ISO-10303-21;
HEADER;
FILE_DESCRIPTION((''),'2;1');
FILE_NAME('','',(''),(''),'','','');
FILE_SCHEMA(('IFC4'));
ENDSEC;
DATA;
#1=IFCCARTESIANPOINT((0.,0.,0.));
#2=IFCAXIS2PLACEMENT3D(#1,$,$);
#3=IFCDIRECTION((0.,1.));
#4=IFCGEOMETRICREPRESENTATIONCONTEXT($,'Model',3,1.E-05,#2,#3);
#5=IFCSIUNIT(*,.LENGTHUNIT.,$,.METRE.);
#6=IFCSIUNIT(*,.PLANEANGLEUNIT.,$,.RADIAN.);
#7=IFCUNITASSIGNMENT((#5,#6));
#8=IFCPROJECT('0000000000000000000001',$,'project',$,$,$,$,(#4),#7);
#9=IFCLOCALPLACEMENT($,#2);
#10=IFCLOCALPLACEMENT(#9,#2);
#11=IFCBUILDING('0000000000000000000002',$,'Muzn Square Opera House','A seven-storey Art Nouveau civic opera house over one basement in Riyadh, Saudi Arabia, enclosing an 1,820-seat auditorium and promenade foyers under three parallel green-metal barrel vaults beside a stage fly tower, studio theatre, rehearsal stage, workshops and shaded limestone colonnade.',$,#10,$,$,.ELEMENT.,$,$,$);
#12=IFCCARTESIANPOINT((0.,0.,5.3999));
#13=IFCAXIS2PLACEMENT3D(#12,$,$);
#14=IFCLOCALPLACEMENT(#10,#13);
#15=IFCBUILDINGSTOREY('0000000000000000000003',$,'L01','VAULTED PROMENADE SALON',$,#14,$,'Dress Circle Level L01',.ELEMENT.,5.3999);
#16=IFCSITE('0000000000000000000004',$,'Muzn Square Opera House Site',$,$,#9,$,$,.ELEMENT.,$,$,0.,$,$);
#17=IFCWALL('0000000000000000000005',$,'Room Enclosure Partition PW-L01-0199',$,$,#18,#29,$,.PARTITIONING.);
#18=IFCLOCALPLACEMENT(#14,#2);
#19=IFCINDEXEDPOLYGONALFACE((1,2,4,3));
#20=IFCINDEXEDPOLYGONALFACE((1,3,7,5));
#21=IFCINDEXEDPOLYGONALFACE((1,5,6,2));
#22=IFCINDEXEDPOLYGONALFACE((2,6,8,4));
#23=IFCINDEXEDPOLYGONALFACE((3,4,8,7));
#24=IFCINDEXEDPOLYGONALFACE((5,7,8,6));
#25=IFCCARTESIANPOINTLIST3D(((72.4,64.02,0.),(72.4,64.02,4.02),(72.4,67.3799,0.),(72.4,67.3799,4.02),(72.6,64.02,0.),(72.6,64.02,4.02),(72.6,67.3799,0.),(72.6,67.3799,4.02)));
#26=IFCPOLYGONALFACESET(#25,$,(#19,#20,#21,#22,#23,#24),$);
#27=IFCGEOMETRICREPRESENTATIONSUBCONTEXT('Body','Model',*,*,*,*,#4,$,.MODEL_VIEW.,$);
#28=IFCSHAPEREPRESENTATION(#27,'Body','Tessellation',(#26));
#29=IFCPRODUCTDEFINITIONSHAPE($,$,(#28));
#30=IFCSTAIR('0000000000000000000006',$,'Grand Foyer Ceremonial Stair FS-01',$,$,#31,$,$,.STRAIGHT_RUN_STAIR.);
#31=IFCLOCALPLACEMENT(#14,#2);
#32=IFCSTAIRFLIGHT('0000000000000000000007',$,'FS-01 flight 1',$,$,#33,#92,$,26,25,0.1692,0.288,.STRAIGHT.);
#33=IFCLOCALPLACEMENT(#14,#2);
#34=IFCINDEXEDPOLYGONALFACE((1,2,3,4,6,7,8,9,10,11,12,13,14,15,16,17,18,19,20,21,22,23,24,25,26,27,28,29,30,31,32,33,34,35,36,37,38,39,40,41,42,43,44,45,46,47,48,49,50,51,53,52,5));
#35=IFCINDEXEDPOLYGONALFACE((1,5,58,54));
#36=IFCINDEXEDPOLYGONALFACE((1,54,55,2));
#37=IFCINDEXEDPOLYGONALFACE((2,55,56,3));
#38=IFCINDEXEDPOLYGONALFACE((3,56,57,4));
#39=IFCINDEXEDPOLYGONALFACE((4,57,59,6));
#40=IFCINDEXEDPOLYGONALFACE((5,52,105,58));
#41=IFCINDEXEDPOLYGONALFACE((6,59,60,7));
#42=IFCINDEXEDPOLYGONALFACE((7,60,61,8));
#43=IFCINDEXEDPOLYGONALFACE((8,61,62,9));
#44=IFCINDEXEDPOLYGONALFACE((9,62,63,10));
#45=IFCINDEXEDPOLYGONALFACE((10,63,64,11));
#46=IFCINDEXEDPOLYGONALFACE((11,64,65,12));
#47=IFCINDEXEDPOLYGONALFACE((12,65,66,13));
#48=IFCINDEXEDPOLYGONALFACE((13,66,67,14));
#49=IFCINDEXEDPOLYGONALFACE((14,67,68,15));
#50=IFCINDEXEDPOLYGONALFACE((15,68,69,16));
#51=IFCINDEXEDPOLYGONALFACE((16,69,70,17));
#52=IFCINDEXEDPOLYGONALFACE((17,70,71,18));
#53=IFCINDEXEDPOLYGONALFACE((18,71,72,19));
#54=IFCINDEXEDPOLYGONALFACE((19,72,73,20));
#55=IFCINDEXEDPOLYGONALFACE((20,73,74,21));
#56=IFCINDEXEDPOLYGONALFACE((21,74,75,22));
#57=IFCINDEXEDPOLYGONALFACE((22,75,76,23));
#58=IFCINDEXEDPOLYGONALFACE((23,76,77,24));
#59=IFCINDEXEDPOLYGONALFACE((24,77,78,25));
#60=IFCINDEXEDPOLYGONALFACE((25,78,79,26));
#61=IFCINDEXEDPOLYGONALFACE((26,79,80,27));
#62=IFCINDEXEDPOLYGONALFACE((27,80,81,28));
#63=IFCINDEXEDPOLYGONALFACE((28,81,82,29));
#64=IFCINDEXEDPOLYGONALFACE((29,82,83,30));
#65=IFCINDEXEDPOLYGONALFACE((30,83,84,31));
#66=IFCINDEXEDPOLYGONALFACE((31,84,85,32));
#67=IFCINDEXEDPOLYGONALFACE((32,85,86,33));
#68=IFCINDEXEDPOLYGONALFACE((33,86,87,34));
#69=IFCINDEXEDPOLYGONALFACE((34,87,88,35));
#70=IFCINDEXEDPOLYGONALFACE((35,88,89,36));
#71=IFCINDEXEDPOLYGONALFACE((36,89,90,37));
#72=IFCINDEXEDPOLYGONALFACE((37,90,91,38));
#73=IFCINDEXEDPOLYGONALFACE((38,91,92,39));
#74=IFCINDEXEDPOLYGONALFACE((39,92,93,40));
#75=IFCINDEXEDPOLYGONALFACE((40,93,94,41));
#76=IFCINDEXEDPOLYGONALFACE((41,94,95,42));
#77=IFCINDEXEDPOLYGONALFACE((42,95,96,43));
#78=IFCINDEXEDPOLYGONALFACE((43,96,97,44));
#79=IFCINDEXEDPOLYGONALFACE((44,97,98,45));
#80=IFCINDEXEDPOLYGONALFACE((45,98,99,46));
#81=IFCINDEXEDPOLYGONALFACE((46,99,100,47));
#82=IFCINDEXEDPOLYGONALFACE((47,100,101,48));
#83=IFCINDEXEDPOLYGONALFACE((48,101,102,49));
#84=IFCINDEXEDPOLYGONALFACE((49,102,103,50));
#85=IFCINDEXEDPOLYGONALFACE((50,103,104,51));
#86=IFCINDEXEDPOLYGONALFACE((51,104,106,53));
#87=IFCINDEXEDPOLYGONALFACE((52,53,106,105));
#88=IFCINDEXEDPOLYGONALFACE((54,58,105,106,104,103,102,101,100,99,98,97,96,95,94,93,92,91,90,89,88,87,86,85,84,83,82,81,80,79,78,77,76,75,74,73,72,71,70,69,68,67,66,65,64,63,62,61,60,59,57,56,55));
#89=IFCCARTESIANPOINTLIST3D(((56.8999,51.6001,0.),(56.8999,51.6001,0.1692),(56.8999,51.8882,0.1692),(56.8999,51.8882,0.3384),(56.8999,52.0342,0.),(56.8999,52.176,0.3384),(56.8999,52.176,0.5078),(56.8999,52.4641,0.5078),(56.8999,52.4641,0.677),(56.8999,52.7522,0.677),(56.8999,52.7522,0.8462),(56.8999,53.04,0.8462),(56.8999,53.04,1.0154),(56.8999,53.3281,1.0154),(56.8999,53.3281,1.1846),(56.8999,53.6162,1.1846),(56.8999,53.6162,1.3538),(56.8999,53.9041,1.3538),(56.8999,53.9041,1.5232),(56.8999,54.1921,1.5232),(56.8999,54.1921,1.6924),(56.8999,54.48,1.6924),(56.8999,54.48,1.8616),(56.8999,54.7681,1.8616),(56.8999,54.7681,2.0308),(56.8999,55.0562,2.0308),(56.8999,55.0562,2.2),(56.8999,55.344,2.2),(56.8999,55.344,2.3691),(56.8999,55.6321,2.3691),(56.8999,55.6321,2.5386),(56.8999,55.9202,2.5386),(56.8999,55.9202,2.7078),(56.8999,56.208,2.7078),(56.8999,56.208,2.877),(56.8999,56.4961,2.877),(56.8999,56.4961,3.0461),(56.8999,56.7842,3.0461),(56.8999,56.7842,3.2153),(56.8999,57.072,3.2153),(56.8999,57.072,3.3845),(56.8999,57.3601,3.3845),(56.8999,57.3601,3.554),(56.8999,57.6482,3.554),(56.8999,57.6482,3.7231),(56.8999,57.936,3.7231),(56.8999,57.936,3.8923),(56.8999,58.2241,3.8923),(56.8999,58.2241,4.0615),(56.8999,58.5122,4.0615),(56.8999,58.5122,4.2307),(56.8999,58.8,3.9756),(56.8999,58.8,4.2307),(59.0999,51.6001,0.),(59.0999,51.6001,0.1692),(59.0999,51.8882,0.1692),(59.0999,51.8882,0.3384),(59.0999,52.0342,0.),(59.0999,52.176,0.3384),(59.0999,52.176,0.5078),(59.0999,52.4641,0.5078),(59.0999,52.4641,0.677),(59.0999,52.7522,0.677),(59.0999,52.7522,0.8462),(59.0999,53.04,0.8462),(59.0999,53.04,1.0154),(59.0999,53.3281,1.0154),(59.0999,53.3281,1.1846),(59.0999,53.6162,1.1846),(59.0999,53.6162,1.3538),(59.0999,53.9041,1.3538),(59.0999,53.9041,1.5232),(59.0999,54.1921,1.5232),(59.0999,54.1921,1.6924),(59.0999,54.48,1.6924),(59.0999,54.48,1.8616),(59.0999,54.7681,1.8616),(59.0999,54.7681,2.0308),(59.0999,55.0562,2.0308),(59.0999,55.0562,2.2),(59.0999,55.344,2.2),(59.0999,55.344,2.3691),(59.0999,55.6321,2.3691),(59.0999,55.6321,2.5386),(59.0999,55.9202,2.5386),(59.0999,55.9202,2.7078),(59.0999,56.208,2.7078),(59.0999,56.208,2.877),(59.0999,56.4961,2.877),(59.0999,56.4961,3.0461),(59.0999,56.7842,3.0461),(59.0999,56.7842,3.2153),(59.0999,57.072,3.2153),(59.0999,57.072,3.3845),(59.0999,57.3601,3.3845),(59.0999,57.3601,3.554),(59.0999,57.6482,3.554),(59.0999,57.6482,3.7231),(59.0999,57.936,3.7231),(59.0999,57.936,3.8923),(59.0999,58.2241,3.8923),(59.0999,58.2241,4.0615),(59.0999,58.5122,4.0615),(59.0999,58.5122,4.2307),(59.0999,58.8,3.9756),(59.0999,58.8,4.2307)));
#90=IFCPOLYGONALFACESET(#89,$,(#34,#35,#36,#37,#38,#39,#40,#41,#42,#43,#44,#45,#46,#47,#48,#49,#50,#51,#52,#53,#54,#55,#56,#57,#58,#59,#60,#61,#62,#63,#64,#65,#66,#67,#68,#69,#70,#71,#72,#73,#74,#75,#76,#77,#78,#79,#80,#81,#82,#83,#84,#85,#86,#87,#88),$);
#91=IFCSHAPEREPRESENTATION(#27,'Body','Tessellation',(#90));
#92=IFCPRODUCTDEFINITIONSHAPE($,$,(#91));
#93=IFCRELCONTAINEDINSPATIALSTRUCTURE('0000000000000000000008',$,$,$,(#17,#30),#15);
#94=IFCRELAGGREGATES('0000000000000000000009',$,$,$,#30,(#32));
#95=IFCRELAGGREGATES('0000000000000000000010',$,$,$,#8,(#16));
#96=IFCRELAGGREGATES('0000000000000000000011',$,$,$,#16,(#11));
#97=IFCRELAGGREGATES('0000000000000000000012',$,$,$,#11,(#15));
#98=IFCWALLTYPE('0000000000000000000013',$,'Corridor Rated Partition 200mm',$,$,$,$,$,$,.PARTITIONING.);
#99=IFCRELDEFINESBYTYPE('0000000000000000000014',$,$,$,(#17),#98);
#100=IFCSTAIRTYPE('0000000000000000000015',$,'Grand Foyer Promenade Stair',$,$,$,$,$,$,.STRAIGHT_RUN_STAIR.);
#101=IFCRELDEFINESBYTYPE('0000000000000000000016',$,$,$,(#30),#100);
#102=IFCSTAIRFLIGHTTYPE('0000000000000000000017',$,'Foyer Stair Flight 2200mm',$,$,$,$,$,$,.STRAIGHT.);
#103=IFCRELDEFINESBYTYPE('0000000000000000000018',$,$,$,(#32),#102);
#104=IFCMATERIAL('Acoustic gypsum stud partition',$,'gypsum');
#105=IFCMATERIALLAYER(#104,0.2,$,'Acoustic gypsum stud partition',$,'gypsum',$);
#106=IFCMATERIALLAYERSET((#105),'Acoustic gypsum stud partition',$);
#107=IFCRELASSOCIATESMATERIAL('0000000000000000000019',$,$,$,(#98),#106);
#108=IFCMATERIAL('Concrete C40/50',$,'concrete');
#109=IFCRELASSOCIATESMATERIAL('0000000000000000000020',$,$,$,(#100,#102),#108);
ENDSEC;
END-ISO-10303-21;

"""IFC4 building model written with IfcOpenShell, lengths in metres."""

from ifc_helpers import new_model, si_unit, direction, frame, frame_2d, origin, place, context, subcontext, project, spatial, polyline, rectangle, outline, extrude, material, layer, layer_set, type_object, element, aggregate, save


model = new_model("IFC4")

# Units and contexts
model_context = context("Model", 3, precision=1e-05, world=origin(), true_north=direction((0.0, 1.0)))
body_context = subcontext(model_context, "Body", "Model", "MODEL_VIEW")
ifc_project = project(units=[si_unit("LENGTHUNIT", "METRE"), si_unit("PLANEANGLEUNIT", "RADIAN")], contexts=[model_context])

# Site, building, storey
site_placement = place(None, origin())
site = spatial("IfcSite", under=ifc_project, at=site_placement, Name="Muzn Square Opera House Site", CompositionType="ELEMENT", RefElevation=0.0)
building_placement = place(site_placement, origin())
building = spatial("IfcBuilding", under=site, at=building_placement, Name="Muzn Square Opera House", Description="A seven-storey Art Nouveau civic opera house over one basement in Riyadh, Saudi Arabia, enclosing an 1,820-seat auditorium and promenade foyers under three parallel green-metal barrel vaults beside a stage fly tower, studio theatre, rehearsal stage, workshops and shaded limestone colonnade.", CompositionType="ELEMENT")
storey_placement = place(building_placement, frame((0.0, 0.0, 5.3999)))
storey = spatial("IfcBuildingStorey", under=building, at=storey_placement, Name="L01", Description="VAULTED PROMENADE SALON", LongName="Dress Circle Level L01", CompositionType="ELEMENT", Elevation=5.3999)

# Shared definitions
ifc_material_1 = material(Name="Concrete C40/50", Category="concrete")

# Wall
ifc_material_2 = material(Name="Acoustic gypsum stud partition", Category="gypsum")
ifc_layer_1 = layer(ifc_material_2, 0.2, Name="Acoustic gypsum stud partition", Category="gypsum")
ifc_layer_set_1 = layer_set([ifc_layer_1], Name="Acoustic gypsum stud partition")
wall_type_1 = type_object("IfcWallType", Name="Corridor Rated Partition 200mm", PredefinedType="PARTITIONING", material=ifc_layer_set_1)
wall_1_placement = place(storey_placement, frame((72.5, 64.02, 0.0), z_axis=(0.0, 0.0, 1.0), x_axis=(0.0, 1.0, 0.0)))
element("IfcWall", 1, at=wall_1_placement, inside=storey, type_object=wall_type_1, Name="Room Enclosure Partition PW-L01-0199", PredefinedType="PARTITIONING", context=body_context, shape_type="SweptSolid", body=[
    extrude(rectangle(XDim=3.3599, YDim=0.2, at=frame_2d((1.6799, 0.0))), origin(), (0.0, 0.0, 1.0), 4.02),
])

# Stair, stair flight
stair_type = type_object("IfcStairType", Name="Grand Foyer Promenade Stair", PredefinedType="STRAIGHT_RUN_STAIR", material=ifc_material_1)
stair_placement = place(storey_placement, origin())
stair = element("IfcStair", 2, at=stair_placement, inside=storey, type_object=stair_type, Name="Grand Foyer Ceremonial Stair FS-01", PredefinedType="STRAIGHT_RUN_STAIR")
stair_flight_type = type_object("IfcStairFlightType", Name="Foyer Stair Flight 2200mm", PredefinedType="STRAIGHT", material=ifc_material_1)
stair_flight_placement = place(storey_placement, frame((58.0, 51.6001, 0.0), z_axis=(0.0, 0.0, 1.0), x_axis=(0.0, 1.0, 0.0)))
stair_flight = element("IfcStairFlight", 3, at=stair_flight_placement, type_object=stair_flight_type, Name="FS-01 flight 1", NumberOfRisers=26, NumberOfTreads=25, PredefinedType="STRAIGHT", RiserHeight=0.1692, TreadLength=0.288, context=body_context, shape_type="SweptSolid", body=[
    extrude(outline(polyline([(0.0, 0.0), (0.0, 0.1692), (0.2881, 0.1692), (0.2881, 0.3384), (0.5759, 0.3384), (0.5759, 0.5078), (0.864, 0.5078), (0.864, 0.677), (1.1521, 0.677), (1.1521, 0.8462), (1.4399, 0.8462), (1.4399, 1.0154), (1.728, 1.0154), (1.728, 1.1846), (2.0161, 1.1846), (2.0161, 1.3538), (2.304, 1.3538), (2.304, 1.5232), (2.592, 1.5232), (2.592, 1.6924), (2.8799, 1.6924), (2.8799, 1.8616), (3.168, 1.8616), (3.168, 2.0308), (3.4561, 2.0308), (3.4561, 2.2), (3.7439, 2.2), (3.7439, 2.3691), (4.032, 2.3691), (4.032, 2.5386), (4.3201, 2.5386), (4.3201, 2.7078), (4.6079, 2.7078), (4.6079, 2.877), (4.896, 2.877), (4.896, 3.0461), (5.1841, 3.0461), (5.1841, 3.2153), (5.4719, 3.2153), (5.4719, 3.3845), (5.76, 3.3845), (5.76, 3.554), (6.0481, 3.554), (6.0481, 3.7231), (6.3359, 3.7231), (6.3359, 3.8923), (6.624, 3.8923), (6.624, 4.0615), (6.9121, 4.0615), (6.9121, 4.2307), (7.2, 4.2307), (7.2, 4.3999), (7.2, 3.9756), (0.4341, 0.0), (0.0, 0.0)])), frame((0.0, 1.1001, 0.0), z_axis=(0.0, -1.0, 0.0), x_axis=(1.0, 0.0, 0.0)), (0.0, 0.0, 1.0), 2.2),
])
aggregate(stair, [stair_flight])

save(model, "model.ifc")
